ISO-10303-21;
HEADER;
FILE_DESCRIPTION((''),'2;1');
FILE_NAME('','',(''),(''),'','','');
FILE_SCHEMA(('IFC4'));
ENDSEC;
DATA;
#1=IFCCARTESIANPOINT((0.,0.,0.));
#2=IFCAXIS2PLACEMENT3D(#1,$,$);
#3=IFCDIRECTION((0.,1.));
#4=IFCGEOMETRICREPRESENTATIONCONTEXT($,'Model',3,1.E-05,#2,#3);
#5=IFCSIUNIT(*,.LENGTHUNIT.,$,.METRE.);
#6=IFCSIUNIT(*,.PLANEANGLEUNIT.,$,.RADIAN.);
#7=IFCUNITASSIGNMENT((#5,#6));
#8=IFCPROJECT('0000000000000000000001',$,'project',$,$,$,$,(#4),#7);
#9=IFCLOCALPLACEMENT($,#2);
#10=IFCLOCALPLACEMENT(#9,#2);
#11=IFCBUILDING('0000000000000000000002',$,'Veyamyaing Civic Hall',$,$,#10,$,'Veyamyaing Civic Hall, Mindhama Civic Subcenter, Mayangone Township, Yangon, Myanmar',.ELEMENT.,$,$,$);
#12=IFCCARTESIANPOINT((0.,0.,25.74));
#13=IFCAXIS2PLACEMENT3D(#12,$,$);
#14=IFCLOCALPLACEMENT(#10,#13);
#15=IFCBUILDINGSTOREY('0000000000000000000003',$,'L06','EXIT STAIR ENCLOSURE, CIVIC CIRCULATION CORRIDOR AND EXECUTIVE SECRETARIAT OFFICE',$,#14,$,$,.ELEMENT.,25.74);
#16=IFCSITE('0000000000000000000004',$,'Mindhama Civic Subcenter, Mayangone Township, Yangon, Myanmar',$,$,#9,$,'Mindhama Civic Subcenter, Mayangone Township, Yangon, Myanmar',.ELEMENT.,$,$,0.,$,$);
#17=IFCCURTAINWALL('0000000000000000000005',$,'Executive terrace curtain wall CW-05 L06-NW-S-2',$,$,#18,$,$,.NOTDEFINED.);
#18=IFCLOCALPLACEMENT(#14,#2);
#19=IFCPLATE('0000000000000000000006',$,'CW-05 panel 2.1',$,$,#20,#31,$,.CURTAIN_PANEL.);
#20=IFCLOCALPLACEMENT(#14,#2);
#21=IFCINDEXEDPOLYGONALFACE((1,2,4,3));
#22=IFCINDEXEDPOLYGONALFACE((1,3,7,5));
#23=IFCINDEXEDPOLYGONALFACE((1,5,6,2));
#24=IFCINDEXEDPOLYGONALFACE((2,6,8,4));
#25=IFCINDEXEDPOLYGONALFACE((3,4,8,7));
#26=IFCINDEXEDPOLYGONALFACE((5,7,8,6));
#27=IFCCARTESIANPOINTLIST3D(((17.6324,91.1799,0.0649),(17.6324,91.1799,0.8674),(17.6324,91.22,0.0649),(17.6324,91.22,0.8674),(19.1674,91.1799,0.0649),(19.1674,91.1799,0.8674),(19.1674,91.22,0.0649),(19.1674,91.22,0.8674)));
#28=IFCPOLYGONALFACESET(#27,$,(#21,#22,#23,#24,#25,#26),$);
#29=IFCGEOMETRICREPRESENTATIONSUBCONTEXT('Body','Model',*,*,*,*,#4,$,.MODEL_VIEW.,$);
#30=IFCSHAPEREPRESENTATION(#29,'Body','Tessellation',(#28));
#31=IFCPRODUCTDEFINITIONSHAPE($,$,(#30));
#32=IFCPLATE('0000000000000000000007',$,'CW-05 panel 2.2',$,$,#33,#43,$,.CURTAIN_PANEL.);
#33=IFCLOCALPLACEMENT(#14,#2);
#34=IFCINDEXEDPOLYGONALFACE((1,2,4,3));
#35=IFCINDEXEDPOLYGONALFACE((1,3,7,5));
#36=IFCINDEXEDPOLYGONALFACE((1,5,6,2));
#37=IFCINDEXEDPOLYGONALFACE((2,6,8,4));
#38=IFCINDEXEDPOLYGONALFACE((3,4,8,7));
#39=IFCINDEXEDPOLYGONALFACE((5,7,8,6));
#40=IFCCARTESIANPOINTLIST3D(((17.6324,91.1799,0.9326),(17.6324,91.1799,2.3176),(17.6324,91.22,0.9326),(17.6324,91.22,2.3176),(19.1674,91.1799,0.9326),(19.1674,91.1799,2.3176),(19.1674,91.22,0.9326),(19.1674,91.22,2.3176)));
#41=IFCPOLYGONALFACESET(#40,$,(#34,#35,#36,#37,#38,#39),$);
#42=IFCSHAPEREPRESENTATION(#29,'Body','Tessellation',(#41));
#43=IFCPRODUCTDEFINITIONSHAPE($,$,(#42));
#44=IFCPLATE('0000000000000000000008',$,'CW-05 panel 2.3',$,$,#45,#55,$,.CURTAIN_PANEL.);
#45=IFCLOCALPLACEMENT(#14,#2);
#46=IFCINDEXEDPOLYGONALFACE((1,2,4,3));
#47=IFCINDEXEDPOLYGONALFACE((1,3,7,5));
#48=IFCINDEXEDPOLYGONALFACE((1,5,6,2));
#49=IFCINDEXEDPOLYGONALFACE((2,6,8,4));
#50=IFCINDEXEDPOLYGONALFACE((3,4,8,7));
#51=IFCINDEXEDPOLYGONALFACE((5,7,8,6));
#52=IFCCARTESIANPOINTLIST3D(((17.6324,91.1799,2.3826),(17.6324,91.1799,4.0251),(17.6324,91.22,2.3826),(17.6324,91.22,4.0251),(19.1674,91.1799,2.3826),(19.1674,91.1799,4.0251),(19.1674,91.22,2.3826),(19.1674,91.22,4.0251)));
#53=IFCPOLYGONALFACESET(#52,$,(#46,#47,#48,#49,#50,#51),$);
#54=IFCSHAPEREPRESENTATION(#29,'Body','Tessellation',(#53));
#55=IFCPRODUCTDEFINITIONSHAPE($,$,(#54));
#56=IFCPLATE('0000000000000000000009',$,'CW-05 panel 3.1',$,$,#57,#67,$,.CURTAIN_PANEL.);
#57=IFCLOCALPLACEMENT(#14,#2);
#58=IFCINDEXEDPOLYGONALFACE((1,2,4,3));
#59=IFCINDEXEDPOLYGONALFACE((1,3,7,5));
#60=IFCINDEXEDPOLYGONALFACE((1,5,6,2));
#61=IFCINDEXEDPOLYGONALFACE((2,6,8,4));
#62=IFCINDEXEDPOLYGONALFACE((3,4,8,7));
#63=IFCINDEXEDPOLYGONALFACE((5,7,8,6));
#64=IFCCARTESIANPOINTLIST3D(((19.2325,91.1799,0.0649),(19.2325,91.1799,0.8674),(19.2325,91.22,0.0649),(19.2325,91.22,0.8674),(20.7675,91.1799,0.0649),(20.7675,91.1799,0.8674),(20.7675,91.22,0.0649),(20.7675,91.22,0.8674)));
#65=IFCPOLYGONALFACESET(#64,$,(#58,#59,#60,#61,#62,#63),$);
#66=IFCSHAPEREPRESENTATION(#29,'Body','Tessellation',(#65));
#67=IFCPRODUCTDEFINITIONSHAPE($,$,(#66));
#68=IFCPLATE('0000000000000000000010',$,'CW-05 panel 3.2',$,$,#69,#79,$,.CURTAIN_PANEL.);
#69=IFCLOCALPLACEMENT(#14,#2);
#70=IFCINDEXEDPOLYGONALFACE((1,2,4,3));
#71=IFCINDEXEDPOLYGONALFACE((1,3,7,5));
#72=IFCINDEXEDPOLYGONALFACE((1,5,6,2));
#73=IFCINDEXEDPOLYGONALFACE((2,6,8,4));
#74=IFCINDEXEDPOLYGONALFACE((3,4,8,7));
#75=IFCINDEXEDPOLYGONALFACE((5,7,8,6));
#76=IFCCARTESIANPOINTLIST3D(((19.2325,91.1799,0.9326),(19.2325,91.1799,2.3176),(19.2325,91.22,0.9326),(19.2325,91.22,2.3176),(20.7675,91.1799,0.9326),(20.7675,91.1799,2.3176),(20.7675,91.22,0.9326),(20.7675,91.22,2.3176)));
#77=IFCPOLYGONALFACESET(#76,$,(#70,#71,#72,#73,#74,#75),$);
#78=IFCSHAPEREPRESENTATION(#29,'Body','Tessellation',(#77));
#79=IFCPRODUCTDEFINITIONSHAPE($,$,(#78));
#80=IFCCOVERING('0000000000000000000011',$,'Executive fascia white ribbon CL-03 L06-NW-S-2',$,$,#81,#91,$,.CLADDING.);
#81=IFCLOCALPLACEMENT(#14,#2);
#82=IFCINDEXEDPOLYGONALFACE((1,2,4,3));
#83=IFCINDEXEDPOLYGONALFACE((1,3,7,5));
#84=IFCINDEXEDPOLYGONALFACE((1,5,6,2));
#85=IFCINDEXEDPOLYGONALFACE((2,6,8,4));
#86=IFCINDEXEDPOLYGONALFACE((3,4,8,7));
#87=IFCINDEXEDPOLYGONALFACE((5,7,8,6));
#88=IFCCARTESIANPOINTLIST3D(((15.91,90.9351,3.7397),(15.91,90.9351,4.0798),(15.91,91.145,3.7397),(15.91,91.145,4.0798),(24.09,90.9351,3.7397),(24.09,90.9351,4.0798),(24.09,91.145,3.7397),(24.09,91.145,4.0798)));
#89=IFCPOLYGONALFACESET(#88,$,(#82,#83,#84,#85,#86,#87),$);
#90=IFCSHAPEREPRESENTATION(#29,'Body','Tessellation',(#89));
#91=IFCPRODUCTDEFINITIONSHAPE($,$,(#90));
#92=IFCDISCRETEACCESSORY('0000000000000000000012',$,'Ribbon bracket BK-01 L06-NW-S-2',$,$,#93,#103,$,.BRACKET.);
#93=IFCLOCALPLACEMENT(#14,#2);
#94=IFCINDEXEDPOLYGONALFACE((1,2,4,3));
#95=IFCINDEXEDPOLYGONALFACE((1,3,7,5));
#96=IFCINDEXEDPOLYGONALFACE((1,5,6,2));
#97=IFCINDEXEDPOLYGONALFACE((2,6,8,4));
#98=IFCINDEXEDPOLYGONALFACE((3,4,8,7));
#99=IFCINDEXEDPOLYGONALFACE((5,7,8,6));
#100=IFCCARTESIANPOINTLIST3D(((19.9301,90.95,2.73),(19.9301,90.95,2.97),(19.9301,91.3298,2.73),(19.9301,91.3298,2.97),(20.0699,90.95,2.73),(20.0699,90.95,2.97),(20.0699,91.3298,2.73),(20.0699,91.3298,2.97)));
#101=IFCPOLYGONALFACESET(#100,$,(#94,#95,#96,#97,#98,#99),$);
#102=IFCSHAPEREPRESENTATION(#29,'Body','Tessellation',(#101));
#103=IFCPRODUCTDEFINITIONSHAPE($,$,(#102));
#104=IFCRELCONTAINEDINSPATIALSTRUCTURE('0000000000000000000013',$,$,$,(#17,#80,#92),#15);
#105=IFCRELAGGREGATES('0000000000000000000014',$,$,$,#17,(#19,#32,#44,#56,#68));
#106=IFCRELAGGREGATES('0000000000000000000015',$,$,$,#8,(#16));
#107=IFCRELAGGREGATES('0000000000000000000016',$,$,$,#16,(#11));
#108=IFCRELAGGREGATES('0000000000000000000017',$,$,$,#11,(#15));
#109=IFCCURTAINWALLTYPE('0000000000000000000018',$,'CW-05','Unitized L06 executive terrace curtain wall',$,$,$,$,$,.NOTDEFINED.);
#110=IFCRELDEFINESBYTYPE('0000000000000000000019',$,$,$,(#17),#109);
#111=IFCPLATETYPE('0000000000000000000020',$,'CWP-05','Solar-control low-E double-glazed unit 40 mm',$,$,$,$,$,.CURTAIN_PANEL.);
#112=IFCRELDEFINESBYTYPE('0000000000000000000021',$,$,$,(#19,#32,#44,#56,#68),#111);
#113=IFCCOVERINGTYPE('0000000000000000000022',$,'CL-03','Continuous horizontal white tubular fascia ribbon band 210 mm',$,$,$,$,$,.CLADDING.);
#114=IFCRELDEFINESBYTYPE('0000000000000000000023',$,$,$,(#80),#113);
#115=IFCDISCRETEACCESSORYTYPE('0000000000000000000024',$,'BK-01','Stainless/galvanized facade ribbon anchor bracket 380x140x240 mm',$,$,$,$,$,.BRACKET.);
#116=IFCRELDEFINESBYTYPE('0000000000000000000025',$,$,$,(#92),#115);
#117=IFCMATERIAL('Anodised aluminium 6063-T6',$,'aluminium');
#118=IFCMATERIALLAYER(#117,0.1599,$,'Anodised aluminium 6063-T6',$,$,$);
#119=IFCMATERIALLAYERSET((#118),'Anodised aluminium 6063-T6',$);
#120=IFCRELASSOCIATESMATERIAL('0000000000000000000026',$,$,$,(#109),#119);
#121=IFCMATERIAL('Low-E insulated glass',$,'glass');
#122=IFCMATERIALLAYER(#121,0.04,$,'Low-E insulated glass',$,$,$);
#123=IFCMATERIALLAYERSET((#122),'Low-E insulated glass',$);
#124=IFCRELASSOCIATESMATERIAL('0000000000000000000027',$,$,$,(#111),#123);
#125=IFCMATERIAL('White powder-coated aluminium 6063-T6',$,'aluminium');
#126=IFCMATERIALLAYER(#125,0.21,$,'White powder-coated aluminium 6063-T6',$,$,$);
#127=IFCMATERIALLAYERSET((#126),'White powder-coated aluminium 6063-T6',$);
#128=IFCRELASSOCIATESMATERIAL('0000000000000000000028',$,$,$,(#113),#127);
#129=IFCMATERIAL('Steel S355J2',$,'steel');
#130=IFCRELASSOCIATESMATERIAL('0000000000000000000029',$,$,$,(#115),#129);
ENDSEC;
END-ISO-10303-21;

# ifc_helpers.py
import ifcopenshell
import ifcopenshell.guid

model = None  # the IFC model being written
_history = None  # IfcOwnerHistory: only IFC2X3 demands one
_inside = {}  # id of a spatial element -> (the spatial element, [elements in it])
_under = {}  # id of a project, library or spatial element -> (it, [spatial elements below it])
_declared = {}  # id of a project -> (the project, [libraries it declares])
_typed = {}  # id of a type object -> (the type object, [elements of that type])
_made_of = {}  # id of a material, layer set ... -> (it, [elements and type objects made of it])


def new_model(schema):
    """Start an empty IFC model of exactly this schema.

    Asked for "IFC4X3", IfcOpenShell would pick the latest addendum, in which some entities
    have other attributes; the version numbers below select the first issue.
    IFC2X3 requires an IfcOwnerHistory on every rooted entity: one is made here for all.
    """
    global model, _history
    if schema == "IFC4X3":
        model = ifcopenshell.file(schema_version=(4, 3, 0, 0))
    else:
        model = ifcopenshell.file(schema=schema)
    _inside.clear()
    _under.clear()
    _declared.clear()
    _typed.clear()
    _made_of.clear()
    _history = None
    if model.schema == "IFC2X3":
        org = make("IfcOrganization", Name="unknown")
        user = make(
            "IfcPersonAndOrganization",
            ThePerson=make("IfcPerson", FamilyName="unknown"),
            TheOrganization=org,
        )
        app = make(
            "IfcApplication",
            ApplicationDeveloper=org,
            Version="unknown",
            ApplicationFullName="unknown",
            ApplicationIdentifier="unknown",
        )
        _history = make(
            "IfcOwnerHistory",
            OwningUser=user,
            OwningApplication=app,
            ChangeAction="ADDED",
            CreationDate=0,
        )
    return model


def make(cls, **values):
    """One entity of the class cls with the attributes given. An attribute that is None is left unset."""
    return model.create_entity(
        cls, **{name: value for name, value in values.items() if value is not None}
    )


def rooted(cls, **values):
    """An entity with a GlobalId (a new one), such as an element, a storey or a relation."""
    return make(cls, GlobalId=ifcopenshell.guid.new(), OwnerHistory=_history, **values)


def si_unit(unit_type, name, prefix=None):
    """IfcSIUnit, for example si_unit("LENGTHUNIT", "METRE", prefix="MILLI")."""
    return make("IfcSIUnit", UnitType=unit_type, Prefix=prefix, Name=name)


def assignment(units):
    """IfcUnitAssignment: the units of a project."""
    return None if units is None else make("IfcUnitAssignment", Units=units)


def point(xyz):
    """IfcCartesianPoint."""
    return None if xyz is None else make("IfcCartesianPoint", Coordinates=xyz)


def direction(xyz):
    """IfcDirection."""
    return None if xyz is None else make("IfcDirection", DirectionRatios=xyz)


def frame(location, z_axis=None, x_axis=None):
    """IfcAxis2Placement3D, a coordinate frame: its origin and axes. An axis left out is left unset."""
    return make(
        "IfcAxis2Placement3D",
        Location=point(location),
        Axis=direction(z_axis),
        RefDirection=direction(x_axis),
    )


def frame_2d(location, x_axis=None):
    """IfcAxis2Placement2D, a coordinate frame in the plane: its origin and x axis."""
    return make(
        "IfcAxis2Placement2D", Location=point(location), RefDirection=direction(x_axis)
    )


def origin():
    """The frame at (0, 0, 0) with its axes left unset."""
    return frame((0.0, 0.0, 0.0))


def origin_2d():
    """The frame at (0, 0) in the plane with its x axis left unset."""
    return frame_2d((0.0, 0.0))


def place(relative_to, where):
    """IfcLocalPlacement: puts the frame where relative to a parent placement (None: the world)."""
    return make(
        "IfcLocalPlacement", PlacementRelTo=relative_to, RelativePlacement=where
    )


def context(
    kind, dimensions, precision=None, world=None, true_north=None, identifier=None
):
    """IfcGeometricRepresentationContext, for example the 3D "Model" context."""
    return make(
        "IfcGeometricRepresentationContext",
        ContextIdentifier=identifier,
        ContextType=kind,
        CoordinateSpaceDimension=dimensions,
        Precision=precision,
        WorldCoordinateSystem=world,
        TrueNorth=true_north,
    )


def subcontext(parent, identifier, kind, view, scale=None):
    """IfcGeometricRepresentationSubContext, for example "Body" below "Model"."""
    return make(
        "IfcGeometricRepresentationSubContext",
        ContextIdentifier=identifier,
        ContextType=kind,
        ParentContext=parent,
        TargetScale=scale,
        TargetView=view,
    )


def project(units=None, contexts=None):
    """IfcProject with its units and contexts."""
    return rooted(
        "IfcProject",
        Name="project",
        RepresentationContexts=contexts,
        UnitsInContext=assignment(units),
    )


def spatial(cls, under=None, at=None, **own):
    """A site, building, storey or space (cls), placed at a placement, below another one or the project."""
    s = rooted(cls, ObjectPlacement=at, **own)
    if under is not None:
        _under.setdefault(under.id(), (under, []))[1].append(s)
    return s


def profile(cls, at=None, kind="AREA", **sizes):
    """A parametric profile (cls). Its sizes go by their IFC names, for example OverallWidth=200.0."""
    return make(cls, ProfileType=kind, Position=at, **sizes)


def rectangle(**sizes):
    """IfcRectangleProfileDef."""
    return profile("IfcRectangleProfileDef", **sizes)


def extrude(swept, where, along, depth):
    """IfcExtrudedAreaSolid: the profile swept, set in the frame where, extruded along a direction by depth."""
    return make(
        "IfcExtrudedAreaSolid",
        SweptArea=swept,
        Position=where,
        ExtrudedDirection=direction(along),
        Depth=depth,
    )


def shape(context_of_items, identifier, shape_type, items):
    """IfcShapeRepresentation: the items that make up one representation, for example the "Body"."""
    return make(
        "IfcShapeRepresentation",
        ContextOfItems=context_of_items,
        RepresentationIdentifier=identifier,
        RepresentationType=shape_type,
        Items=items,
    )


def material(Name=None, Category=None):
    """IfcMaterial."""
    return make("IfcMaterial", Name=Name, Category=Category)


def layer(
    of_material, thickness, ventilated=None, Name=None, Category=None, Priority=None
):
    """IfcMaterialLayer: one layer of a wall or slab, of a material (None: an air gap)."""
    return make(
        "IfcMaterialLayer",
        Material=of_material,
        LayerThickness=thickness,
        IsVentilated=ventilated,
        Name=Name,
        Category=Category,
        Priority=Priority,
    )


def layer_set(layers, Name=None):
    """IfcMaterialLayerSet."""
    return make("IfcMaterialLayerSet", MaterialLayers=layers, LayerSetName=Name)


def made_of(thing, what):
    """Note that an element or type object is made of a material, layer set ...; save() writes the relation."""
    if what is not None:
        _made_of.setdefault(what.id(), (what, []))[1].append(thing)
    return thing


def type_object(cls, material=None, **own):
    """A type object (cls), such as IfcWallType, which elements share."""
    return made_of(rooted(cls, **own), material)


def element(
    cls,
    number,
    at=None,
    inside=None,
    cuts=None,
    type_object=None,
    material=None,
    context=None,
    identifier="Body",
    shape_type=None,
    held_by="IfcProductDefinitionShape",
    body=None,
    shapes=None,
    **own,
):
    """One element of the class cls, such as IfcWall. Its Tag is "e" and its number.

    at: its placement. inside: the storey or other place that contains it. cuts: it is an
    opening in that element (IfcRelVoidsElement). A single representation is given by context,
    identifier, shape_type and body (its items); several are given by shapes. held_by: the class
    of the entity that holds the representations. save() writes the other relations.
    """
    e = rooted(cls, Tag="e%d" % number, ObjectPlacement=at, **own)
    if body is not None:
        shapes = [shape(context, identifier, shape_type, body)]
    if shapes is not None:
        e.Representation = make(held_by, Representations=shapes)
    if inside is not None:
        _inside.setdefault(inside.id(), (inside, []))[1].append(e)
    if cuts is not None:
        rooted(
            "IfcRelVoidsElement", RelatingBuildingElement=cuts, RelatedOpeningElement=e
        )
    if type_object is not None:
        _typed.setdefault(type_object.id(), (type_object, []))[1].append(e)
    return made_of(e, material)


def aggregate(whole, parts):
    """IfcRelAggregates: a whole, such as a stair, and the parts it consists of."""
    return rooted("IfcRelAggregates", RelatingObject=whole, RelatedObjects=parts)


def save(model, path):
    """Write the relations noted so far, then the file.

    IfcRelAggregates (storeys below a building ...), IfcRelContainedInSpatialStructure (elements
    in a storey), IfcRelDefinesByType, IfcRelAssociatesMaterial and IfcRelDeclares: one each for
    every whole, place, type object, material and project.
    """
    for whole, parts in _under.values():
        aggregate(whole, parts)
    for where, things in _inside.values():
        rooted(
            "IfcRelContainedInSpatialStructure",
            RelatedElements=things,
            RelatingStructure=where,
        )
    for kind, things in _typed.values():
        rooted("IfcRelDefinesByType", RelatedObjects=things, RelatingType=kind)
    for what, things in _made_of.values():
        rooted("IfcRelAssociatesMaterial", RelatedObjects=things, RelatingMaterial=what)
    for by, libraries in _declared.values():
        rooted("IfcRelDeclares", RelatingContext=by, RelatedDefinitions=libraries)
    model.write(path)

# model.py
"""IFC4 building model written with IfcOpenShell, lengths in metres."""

from ifc_helpers import new_model, si_unit, direction, frame, origin, origin_2d, place, context, subcontext, project, spatial, rectangle, extrude, material, layer, layer_set, type_object, element, aggregate, save


model = new_model("IFC4")

# Units and contexts
model_context = context("Model", 3, precision=1e-05, world=origin(), true_north=direction((0.0, 1.0)))
body_context = subcontext(model_context, "Body", "Model", "MODEL_VIEW")
ifc_project = project(units=[si_unit("LENGTHUNIT", "METRE"), si_unit("PLANEANGLEUNIT", "RADIAN")], contexts=[model_context])

# Site, building, storey
site_placement = place(None, origin())
site = spatial("IfcSite", under=ifc_project, at=site_placement, Name="Mindhama Civic Subcenter, Mayangone Township, Yangon, Myanmar", LongName="Mindhama Civic Subcenter, Mayangone Township, Yangon, Myanmar", CompositionType="ELEMENT", RefElevation=0.0)
building_placement = place(site_placement, origin())
building = spatial("IfcBuilding", under=site, at=building_placement, Name="Veyamyaing Civic Hall", LongName="Veyamyaing Civic Hall, Mindhama Civic Subcenter, Mayangone Township, Yangon, Myanmar", CompositionType="ELEMENT")
storey_placement = place(building_placement, frame((0.0, 0.0, 25.74)))
storey = spatial("IfcBuildingStorey", under=building, at=storey_placement, Name="L06", Description="EXIT STAIR ENCLOSURE, CIVIC CIRCULATION CORRIDOR AND EXECUTIVE SECRETARIAT OFFICE", CompositionType="ELEMENT", Elevation=25.74)

# Curtain wall
ifc_material_1 = material(Name="Anodised aluminium 6063-T6", Category="aluminium")
ifc_layer_1 = layer(ifc_material_1, 0.1599, Name="Anodised aluminium 6063-T6")
ifc_layer_set_1 = layer_set([ifc_layer_1], Name="Anodised aluminium 6063-T6")
curtain_wall_type = type_object("IfcCurtainWallType", Name="CW-05", Description="Unitized L06 executive terrace curtain wall", PredefinedType="NOTDEFINED", material=ifc_layer_set_1)
curtain_wall_placement = place(storey_placement, origin())
curtain_wall = element("IfcCurtainWall", 1, at=curtain_wall_placement, inside=storey, type_object=curtain_wall_type, Name="Executive terrace curtain wall CW-05 L06-NW-S-2", PredefinedType="NOTDEFINED")

# Plates
ifc_material_2 = material(Name="Low-E insulated glass", Category="glass")
ifc_layer_2 = layer(ifc_material_2, 0.04, Name="Low-E insulated glass")
ifc_layer_set_2 = layer_set([ifc_layer_2], Name="Low-E insulated glass")
plate_type = type_object("IfcPlateType", Name="CWP-05", Description="Solar-control low-E double-glazed unit 40 mm", PredefinedType="CURTAIN_PANEL", material=ifc_layer_set_2)
plate_1_placement = place(storey_placement, frame((18.3999, 91.2, 0.0649), z_axis=(0.0, 0.0, 1.0), x_axis=(1.0, 0.0, 0.0)))
plate_1 = element("IfcPlate", 2, at=plate_1_placement, type_object=plate_type, Name="CW-05 panel 2.1", PredefinedType="CURTAIN_PANEL", context=body_context, shape_type="SweptSolid", body=[
    extrude(rectangle(XDim=1.5349, YDim=0.04, at=origin_2d()), origin(), (0.0, 0.0, 1.0), 0.8025),
])
plate_2_placement = place(storey_placement, frame((18.3999, 91.2, 0.9326), z_axis=(0.0, 0.0, 1.0), x_axis=(1.0, 0.0, 0.0)))
plate_2 = element("IfcPlate", 3, at=plate_2_placement, type_object=plate_type, Name="CW-05 panel 2.2", PredefinedType="CURTAIN_PANEL", context=body_context, shape_type="SweptSolid", body=[
    extrude(rectangle(XDim=1.5349, YDim=0.04, at=origin_2d()), origin(), (0.0, 0.0, 1.0), 1.385),
])
plate_3_placement = place(storey_placement, frame((18.3999, 91.2, 2.3826), z_axis=(0.0, 0.0, 1.0), x_axis=(1.0, 0.0, 0.0)))
plate_3 = element("IfcPlate", 4, at=plate_3_placement, type_object=plate_type, Name="CW-05 panel 2.3", PredefinedType="CURTAIN_PANEL", context=body_context, shape_type="SweptSolid", body=[
    extrude(rectangle(XDim=1.5349, YDim=0.04, at=origin_2d()), origin(), (0.0, 0.0, 1.0), 1.6426),
])
plate_4_placement = place(storey_placement, frame((20.0, 91.2, 0.0649), z_axis=(0.0, 0.0, 1.0), x_axis=(1.0, 0.0, 0.0)))
plate_4 = element("IfcPlate", 5, at=plate_4_placement, type_object=plate_type, Name="CW-05 panel 3.1", PredefinedType="CURTAIN_PANEL", context=body_context, shape_type="SweptSolid", body=[
    extrude(rectangle(XDim=1.5349, YDim=0.04, at=origin_2d()), origin(), (0.0, 0.0, 1.0), 0.8025),
])
plate_5_placement = place(storey_placement, frame((20.0, 91.2, 0.9326), z_axis=(0.0, 0.0, 1.0), x_axis=(1.0, 0.0, 0.0)))
plate_5 = element("IfcPlate", 6, at=plate_5_placement, type_object=plate_type, Name="CW-05 panel 3.2", PredefinedType="CURTAIN_PANEL", context=body_context, shape_type="SweptSolid", body=[
    extrude(rectangle(XDim=1.5349, YDim=0.04, at=origin_2d()), origin(), (0.0, 0.0, 1.0), 1.385),
])
aggregate(curtain_wall, [plate_1, plate_2, plate_3, plate_4, plate_5])

# Covering
ifc_material_3 = material(Name="White powder-coated aluminium 6063-T6", Category="aluminium")
ifc_layer_3 = layer(ifc_material_3, 0.21, Name="White powder-coated aluminium 6063-T6")
ifc_layer_set_3 = layer_set([ifc_layer_3], Name="White powder-coated aluminium 6063-T6")
covering_type = type_object("IfcCoveringType", Name="CL-03", Description="Continuous horizontal white tubular fascia ribbon band 210 mm", PredefinedType="CLADDING", material=ifc_layer_set_3)
covering_placement = place(storey_placement, frame((20.0, 91.04, 3.7397), z_axis=(0.0, 0.0, 1.0), x_axis=(1.0, 0.0, 0.0)))
element("IfcCovering", 7, at=covering_placement, inside=storey, type_object=covering_type, Name="Executive fascia white ribbon CL-03 L06-NW-S-2", PredefinedType="CLADDING", context=body_context, shape_type="SweptSolid", body=[
    extrude(rectangle(XDim=8.1799, YDim=0.21, at=origin_2d()), origin(), (0.0, 0.0, 1.0), 0.3401),
])

# Discrete accessory
ifc_material_4 = material(Name="Steel S355J2", Category="steel")
discrete_accessory_type = type_object("IfcDiscreteAccessoryType", Name="BK-01", Description="Stainless/galvanized facade ribbon anchor bracket 380x140x240 mm", PredefinedType="BRACKET", material=ifc_material_4)
discrete_accessory_placement = place(storey_placement, frame((20.0, 91.1399, 2.73), z_axis=(0.0, 0.0, 1.0), x_axis=(0.0, -1.0, 0.0)))
element("IfcDiscreteAccessory", 8, at=discrete_accessory_placement, inside=storey, type_object=discrete_accessory_type, Name="Ribbon bracket BK-01 L06-NW-S-2", PredefinedType="BRACKET", context=body_context, shape_type="SweptSolid", body=[
    extrude(rectangle(XDim=0.3799, YDim=0.1399, at=origin_2d()), origin(), (0.0, 0.0, 1.0), 0.24),
])

save(model, "model.ifc")
